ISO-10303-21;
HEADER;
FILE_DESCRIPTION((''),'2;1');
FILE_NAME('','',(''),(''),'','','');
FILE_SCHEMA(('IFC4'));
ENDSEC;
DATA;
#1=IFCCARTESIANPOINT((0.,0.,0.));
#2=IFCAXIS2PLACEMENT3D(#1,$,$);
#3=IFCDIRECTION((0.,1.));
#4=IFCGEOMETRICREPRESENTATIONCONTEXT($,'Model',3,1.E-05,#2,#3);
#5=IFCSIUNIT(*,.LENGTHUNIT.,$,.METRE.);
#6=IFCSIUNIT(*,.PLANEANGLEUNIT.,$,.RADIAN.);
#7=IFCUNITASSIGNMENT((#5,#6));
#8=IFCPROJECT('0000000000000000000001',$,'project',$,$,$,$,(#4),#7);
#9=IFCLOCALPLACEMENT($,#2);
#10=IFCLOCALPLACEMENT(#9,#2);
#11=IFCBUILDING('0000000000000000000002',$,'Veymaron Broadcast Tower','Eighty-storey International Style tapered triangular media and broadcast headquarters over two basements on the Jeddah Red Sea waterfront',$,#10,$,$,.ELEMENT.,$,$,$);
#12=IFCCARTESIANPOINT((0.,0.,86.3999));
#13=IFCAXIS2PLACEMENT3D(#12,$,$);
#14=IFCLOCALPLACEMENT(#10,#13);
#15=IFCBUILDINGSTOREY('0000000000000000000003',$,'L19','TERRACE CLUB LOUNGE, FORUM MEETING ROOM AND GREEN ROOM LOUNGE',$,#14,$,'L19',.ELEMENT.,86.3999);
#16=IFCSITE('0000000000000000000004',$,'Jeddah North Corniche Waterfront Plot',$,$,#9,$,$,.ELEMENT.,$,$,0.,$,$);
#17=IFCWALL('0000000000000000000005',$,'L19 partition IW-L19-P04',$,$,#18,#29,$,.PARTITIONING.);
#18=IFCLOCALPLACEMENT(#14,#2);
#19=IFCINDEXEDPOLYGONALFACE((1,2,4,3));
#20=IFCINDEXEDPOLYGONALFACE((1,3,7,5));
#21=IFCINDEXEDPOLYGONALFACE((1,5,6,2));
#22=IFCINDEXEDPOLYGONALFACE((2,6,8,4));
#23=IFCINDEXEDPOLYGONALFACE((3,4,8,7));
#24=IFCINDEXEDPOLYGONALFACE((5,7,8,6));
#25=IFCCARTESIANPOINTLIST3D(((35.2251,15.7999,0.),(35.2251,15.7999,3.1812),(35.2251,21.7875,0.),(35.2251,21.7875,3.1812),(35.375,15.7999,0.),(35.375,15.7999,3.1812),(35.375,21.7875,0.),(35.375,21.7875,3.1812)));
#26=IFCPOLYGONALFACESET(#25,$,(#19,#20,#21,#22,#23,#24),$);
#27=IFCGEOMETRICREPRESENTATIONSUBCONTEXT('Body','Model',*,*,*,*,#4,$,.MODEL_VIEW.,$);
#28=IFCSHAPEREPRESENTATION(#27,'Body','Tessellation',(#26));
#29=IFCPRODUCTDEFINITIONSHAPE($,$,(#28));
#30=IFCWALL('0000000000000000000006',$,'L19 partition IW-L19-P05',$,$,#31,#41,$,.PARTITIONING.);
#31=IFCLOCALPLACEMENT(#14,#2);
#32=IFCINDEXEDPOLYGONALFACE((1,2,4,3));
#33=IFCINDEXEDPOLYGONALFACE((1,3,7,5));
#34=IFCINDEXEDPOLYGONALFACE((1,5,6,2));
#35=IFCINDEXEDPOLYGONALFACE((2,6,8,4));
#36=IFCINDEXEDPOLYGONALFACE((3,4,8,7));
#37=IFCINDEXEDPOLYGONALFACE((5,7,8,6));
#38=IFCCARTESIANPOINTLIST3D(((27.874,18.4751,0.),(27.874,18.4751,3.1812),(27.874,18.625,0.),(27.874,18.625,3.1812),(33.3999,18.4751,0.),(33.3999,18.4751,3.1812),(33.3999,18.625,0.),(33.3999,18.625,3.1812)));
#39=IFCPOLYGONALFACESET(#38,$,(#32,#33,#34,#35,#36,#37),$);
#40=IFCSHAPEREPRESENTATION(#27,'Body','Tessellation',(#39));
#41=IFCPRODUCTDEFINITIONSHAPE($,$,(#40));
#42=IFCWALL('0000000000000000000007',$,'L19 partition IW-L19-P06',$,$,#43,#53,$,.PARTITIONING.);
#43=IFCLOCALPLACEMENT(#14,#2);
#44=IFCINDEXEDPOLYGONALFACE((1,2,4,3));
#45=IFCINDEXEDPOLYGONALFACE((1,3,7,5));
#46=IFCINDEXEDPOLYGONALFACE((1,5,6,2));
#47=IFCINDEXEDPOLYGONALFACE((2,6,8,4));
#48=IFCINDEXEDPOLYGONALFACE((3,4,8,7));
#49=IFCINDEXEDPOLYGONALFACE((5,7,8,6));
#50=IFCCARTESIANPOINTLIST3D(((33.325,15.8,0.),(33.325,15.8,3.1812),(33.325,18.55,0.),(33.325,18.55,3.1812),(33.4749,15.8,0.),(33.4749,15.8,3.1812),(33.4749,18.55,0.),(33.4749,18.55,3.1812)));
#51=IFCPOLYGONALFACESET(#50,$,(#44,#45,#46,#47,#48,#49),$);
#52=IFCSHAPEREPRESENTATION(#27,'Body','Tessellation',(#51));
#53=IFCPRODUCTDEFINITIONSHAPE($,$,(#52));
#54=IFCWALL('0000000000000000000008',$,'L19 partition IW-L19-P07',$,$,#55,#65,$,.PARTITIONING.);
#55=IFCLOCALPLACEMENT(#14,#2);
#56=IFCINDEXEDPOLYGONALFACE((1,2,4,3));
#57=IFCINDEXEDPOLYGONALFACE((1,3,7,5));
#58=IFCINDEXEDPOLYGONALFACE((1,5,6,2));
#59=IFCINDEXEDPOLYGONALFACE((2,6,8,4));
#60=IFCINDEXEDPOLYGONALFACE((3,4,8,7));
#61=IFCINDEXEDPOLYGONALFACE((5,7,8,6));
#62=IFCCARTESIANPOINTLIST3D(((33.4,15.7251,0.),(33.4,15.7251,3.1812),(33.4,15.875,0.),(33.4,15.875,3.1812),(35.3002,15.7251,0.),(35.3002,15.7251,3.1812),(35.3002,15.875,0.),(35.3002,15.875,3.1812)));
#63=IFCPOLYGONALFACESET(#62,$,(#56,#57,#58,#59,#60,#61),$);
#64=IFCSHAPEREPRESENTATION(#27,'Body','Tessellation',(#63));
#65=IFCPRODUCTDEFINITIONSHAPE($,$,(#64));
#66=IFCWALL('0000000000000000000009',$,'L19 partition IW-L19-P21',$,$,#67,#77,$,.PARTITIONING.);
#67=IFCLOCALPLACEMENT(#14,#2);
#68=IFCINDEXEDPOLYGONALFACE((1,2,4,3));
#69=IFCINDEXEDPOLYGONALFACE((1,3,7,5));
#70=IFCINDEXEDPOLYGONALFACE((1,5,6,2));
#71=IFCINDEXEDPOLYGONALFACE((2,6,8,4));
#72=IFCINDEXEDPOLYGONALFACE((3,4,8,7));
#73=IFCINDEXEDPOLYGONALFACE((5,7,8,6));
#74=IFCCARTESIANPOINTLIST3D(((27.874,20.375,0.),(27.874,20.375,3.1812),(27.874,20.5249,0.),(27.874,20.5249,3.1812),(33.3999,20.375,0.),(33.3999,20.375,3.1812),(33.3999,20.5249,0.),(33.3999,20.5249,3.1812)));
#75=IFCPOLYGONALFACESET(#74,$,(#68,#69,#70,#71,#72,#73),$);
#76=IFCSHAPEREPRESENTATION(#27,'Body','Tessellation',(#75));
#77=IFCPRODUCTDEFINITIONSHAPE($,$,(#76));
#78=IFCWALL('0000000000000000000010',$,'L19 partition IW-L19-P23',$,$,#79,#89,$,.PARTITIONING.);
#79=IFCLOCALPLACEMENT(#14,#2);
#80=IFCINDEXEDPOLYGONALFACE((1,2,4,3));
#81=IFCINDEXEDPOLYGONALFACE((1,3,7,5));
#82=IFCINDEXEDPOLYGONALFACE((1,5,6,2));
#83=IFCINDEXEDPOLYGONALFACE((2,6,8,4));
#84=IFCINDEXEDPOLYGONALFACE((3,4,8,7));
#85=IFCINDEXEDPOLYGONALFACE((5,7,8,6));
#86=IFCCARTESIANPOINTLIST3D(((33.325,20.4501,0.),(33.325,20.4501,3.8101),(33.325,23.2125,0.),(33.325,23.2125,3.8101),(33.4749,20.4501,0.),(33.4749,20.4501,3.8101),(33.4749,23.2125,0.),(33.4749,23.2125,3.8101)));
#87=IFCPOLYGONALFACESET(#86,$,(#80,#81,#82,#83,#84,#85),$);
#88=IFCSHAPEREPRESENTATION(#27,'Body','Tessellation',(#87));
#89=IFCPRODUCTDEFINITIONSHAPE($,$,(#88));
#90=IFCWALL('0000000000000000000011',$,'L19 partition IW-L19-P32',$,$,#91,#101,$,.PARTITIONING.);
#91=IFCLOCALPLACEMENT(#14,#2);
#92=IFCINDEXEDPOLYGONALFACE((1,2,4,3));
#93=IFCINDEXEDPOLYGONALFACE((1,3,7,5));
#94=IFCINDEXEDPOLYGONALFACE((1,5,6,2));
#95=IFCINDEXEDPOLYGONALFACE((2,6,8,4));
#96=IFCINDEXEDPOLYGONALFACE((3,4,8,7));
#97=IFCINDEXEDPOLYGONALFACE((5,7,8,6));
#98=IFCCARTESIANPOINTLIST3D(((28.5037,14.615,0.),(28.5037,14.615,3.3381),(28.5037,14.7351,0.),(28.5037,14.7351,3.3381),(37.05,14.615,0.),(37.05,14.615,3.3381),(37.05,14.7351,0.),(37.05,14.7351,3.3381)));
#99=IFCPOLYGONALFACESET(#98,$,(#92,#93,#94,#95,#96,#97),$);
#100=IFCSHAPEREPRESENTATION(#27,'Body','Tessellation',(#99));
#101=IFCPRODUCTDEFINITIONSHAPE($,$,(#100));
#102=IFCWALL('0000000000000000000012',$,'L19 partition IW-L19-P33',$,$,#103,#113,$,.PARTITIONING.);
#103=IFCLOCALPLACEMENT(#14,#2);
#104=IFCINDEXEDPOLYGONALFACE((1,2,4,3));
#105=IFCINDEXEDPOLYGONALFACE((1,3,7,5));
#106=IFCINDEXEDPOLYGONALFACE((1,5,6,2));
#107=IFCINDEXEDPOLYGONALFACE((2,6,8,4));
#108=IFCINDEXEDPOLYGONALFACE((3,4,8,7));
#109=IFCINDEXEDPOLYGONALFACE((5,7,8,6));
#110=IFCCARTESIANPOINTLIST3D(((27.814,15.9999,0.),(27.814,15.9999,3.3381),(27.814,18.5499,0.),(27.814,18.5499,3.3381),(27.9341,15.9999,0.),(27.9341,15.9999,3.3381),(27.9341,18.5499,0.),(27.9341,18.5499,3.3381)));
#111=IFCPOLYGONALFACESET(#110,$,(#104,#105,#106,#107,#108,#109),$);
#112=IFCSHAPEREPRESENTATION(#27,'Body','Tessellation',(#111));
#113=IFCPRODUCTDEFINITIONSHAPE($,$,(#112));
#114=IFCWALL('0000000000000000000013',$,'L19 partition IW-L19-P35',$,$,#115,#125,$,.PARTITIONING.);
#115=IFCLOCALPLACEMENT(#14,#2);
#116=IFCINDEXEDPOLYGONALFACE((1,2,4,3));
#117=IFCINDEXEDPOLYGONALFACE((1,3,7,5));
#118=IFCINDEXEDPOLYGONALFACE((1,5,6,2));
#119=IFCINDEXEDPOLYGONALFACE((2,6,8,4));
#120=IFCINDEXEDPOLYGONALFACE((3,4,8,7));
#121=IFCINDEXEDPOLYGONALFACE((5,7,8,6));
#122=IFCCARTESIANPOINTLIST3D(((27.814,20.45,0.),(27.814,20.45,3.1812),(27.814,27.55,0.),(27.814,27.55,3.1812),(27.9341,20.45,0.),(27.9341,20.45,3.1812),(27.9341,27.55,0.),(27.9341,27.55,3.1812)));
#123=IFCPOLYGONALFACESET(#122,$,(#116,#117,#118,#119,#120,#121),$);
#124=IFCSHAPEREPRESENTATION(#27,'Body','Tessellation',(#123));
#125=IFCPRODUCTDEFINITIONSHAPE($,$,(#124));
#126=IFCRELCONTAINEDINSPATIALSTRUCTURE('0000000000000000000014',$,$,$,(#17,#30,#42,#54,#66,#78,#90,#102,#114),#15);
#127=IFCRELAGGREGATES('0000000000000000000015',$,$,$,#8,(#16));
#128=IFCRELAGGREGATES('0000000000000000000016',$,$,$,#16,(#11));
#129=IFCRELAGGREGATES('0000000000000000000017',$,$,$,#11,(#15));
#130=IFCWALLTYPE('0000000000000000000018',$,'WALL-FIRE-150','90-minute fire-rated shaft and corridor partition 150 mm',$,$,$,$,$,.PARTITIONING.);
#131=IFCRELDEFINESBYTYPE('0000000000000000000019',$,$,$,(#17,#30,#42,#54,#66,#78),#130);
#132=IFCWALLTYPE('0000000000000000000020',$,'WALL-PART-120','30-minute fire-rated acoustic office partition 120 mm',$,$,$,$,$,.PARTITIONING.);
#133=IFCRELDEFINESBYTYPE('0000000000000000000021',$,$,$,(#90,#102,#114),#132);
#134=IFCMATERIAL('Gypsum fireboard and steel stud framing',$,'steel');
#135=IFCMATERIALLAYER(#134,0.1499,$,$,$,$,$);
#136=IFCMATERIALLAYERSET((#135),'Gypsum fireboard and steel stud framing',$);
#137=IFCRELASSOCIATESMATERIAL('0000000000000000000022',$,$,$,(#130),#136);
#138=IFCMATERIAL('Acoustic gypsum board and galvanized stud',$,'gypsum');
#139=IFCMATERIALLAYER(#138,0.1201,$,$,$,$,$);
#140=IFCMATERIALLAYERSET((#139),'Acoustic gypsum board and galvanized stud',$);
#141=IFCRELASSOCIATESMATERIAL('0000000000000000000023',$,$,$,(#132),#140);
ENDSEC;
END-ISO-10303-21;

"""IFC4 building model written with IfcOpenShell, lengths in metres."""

from ifc_helpers import new_model, si_unit, direction, frame, frame_2d, origin, place, context, subcontext, project, spatial, rectangle, extrude, material, layer, layer_set, type_object, element, save


model = new_model("IFC4")

# Units and contexts
model_context = context("Model", 3, precision=1e-05, world=origin(), true_north=direction((0.0, 1.0)))
body_context = subcontext(model_context, "Body", "Model", "MODEL_VIEW")
ifc_project = project(units=[si_unit("LENGTHUNIT", "METRE"), si_unit("PLANEANGLEUNIT", "RADIAN")], contexts=[model_context])

# Site, building, storey
site_placement = place(None, origin())
site = spatial("IfcSite", under=ifc_project, at=site_placement, Name="Jeddah North Corniche Waterfront Plot", CompositionType="ELEMENT", RefElevation=0.0)
building_placement = place(site_placement, origin())
building = spatial("IfcBuilding", under=site, at=building_placement, Name="Veymaron Broadcast Tower", Description="Eighty-storey International Style tapered triangular media and broadcast headquarters over two basements on the Jeddah Red Sea waterfront", CompositionType="ELEMENT")
storey_placement = place(building_placement, frame((0.0, 0.0, 86.3999)))
storey = spatial("IfcBuildingStorey", under=building, at=storey_placement, Name="L19", Description="TERRACE CLUB LOUNGE, FORUM MEETING ROOM AND GREEN ROOM LOUNGE", LongName="L19", CompositionType="ELEMENT", Elevation=86.3999)

# Walls
ifc_material_1 = material(Name="Gypsum fireboard and steel stud framing", Category="steel")
ifc_layer_1 = layer(ifc_material_1, 0.1499)
ifc_layer_set_1 = layer_set([ifc_layer_1], Name="Gypsum fireboard and steel stud framing")
wall_type_1 = type_object("IfcWallType", Name="WALL-FIRE-150", Description="90-minute fire-rated shaft and corridor partition 150 mm", PredefinedType="PARTITIONING", material=ifc_layer_set_1)
wall_1_placement = place(storey_placement, frame((35.3, 15.8, 0.0), z_axis=(0.0, 0.0, 1.0), x_axis=(0.0, 1.0, 0.0)))
element("IfcWall", 1, at=wall_1_placement, inside=storey, type_object=wall_type_1, Name="L19 partition IW-L19-P04", PredefinedType="PARTITIONING", context=body_context, shape_type="SweptSolid", body=[
    extrude(rectangle(XDim=5.9875, YDim=0.1499, at=frame_2d((2.9937, 0.0))), origin(), (0.0, 0.0, 1.0), 3.1812),
])
wall_2_placement = place(storey_placement, frame((27.874, 18.55, 0.0), z_axis=(0.0, 0.0, 1.0), x_axis=(1.0, 0.0, 0.0)))
element("IfcWall", 2, at=wall_2_placement, inside=storey, type_object=wall_type_1, Name="L19 partition IW-L19-P05", PredefinedType="PARTITIONING", context=body_context, shape_type="SweptSolid", body=[
    extrude(rectangle(XDim=5.5259, YDim=0.1499, at=frame_2d((2.7629, 0.0))), origin(), (0.0, 0.0, 1.0), 3.1812),
])
wall_3_placement = place(storey_placement, frame((33.3999, 15.8, 0.0), z_axis=(0.0, 0.0, 1.0), x_axis=(0.0, 1.0, 0.0)))
element("IfcWall", 3, at=wall_3_placement, inside=storey, type_object=wall_type_1, Name="L19 partition IW-L19-P06", PredefinedType="PARTITIONING", context=body_context, shape_type="SweptSolid", body=[
    extrude(rectangle(XDim=2.75, YDim=0.1499, at=frame_2d((1.375, 0.0))), origin(), (0.0, 0.0, 1.0), 3.1812),
])
wall_4_placement = place(storey_placement, frame((33.3999, 15.8, 0.0), z_axis=(0.0, 0.0, 1.0), x_axis=(1.0, 0.0, 0.0)))
element("IfcWall", 4, at=wall_4_placement, inside=storey, type_object=wall_type_1, Name="L19 partition IW-L19-P07", PredefinedType="PARTITIONING", context=body_context, shape_type="SweptSolid", body=[
    extrude(rectangle(XDim=1.9001, YDim=0.1499, at=frame_2d((0.9502, 0.0))), origin(), (0.0, 0.0, 1.0), 3.1812),
])
wall_5_placement = place(storey_placement, frame((27.874, 20.45, 0.0), z_axis=(0.0, 0.0, 1.0), x_axis=(1.0, 0.0, 0.0)))
element("IfcWall", 5, at=wall_5_placement, inside=storey, type_object=wall_type_1, Name="L19 partition IW-L19-P21", PredefinedType="PARTITIONING", context=body_context, shape_type="SweptSolid", body=[
    extrude(rectangle(XDim=5.5259, YDim=0.1499, at=frame_2d((2.7629, 0.0))), origin(), (0.0, 0.0, 1.0), 3.1812),
])
wall_6_placement = place(storey_placement, frame((33.3999, 20.45, 0.0), z_axis=(0.0, 0.0, 1.0), x_axis=(0.0, 1.0, 0.0)))
element("IfcWall", 6, at=wall_6_placement, inside=storey, type_object=wall_type_1, Name="L19 partition IW-L19-P23", PredefinedType="PARTITIONING", context=body_context, shape_type="SweptSolid", body=[
    extrude(rectangle(XDim=2.7625, YDim=0.1499, at=frame_2d((1.3813, 0.0))), origin(), (0.0, 0.0, 1.0), 3.8101),
])
ifc_material_2 = material(Name="Acoustic gypsum board and galvanized stud", Category="gypsum")
ifc_layer_2 = layer(ifc_material_2, 0.1201)
ifc_layer_set_2 = layer_set([ifc_layer_2], Name="Acoustic gypsum board and galvanized stud")
wall_type_2 = type_object("IfcWallType", Name="WALL-PART-120", Description="30-minute fire-rated acoustic office partition 120 mm", PredefinedType="PARTITIONING", material=ifc_layer_set_2)
wall_7_placement = place(storey_placement, frame((28.5037, 14.675, 0.0), z_axis=(0.0, 0.0, 1.0), x_axis=(1.0, 0.0, 0.0)))
element("IfcWall", 7, at=wall_7_placement, inside=storey, type_object=wall_type_2, Name="L19 partition IW-L19-P32", PredefinedType="PARTITIONING", context=body_context, shape_type="SweptSolid", body=[
    extrude(rectangle(XDim=8.5464, YDim=0.1201, at=frame_2d((4.2732, 0.0))), origin(), (0.0, 0.0, 1.0), 3.3381),
])
wall_8_placement = place(storey_placement, frame((27.874, 16.0, 0.0), z_axis=(0.0, 0.0, 1.0), x_axis=(0.0, 1.0, 0.0)))
element("IfcWall", 8, at=wall_8_placement, inside=storey, type_object=wall_type_2, Name="L19 partition IW-L19-P33", PredefinedType="PARTITIONING", context=body_context, shape_type="SweptSolid", body=[
    extrude(rectangle(XDim=2.55, YDim=0.1201, at=frame_2d((1.2749, 0.0))), origin(), (0.0, 0.0, 1.0), 3.3381),
])
wall_9_placement = place(storey_placement, frame((27.874, 20.45, 0.0), z_axis=(0.0, 0.0, 1.0), x_axis=(0.0, 1.0, 0.0)))
element("IfcWall", 9, at=wall_9_placement, inside=storey, type_object=wall_type_2, Name="L19 partition IW-L19-P35", PredefinedType="PARTITIONING", context=body_context, shape_type="SweptSolid", body=[
    extrude(rectangle(XDim=7.1001, YDim=0.1201, at=frame_2d((3.55, 0.0))), origin(), (0.0, 0.0, 1.0), 3.1812),
])

save(model, "model.ifc")
